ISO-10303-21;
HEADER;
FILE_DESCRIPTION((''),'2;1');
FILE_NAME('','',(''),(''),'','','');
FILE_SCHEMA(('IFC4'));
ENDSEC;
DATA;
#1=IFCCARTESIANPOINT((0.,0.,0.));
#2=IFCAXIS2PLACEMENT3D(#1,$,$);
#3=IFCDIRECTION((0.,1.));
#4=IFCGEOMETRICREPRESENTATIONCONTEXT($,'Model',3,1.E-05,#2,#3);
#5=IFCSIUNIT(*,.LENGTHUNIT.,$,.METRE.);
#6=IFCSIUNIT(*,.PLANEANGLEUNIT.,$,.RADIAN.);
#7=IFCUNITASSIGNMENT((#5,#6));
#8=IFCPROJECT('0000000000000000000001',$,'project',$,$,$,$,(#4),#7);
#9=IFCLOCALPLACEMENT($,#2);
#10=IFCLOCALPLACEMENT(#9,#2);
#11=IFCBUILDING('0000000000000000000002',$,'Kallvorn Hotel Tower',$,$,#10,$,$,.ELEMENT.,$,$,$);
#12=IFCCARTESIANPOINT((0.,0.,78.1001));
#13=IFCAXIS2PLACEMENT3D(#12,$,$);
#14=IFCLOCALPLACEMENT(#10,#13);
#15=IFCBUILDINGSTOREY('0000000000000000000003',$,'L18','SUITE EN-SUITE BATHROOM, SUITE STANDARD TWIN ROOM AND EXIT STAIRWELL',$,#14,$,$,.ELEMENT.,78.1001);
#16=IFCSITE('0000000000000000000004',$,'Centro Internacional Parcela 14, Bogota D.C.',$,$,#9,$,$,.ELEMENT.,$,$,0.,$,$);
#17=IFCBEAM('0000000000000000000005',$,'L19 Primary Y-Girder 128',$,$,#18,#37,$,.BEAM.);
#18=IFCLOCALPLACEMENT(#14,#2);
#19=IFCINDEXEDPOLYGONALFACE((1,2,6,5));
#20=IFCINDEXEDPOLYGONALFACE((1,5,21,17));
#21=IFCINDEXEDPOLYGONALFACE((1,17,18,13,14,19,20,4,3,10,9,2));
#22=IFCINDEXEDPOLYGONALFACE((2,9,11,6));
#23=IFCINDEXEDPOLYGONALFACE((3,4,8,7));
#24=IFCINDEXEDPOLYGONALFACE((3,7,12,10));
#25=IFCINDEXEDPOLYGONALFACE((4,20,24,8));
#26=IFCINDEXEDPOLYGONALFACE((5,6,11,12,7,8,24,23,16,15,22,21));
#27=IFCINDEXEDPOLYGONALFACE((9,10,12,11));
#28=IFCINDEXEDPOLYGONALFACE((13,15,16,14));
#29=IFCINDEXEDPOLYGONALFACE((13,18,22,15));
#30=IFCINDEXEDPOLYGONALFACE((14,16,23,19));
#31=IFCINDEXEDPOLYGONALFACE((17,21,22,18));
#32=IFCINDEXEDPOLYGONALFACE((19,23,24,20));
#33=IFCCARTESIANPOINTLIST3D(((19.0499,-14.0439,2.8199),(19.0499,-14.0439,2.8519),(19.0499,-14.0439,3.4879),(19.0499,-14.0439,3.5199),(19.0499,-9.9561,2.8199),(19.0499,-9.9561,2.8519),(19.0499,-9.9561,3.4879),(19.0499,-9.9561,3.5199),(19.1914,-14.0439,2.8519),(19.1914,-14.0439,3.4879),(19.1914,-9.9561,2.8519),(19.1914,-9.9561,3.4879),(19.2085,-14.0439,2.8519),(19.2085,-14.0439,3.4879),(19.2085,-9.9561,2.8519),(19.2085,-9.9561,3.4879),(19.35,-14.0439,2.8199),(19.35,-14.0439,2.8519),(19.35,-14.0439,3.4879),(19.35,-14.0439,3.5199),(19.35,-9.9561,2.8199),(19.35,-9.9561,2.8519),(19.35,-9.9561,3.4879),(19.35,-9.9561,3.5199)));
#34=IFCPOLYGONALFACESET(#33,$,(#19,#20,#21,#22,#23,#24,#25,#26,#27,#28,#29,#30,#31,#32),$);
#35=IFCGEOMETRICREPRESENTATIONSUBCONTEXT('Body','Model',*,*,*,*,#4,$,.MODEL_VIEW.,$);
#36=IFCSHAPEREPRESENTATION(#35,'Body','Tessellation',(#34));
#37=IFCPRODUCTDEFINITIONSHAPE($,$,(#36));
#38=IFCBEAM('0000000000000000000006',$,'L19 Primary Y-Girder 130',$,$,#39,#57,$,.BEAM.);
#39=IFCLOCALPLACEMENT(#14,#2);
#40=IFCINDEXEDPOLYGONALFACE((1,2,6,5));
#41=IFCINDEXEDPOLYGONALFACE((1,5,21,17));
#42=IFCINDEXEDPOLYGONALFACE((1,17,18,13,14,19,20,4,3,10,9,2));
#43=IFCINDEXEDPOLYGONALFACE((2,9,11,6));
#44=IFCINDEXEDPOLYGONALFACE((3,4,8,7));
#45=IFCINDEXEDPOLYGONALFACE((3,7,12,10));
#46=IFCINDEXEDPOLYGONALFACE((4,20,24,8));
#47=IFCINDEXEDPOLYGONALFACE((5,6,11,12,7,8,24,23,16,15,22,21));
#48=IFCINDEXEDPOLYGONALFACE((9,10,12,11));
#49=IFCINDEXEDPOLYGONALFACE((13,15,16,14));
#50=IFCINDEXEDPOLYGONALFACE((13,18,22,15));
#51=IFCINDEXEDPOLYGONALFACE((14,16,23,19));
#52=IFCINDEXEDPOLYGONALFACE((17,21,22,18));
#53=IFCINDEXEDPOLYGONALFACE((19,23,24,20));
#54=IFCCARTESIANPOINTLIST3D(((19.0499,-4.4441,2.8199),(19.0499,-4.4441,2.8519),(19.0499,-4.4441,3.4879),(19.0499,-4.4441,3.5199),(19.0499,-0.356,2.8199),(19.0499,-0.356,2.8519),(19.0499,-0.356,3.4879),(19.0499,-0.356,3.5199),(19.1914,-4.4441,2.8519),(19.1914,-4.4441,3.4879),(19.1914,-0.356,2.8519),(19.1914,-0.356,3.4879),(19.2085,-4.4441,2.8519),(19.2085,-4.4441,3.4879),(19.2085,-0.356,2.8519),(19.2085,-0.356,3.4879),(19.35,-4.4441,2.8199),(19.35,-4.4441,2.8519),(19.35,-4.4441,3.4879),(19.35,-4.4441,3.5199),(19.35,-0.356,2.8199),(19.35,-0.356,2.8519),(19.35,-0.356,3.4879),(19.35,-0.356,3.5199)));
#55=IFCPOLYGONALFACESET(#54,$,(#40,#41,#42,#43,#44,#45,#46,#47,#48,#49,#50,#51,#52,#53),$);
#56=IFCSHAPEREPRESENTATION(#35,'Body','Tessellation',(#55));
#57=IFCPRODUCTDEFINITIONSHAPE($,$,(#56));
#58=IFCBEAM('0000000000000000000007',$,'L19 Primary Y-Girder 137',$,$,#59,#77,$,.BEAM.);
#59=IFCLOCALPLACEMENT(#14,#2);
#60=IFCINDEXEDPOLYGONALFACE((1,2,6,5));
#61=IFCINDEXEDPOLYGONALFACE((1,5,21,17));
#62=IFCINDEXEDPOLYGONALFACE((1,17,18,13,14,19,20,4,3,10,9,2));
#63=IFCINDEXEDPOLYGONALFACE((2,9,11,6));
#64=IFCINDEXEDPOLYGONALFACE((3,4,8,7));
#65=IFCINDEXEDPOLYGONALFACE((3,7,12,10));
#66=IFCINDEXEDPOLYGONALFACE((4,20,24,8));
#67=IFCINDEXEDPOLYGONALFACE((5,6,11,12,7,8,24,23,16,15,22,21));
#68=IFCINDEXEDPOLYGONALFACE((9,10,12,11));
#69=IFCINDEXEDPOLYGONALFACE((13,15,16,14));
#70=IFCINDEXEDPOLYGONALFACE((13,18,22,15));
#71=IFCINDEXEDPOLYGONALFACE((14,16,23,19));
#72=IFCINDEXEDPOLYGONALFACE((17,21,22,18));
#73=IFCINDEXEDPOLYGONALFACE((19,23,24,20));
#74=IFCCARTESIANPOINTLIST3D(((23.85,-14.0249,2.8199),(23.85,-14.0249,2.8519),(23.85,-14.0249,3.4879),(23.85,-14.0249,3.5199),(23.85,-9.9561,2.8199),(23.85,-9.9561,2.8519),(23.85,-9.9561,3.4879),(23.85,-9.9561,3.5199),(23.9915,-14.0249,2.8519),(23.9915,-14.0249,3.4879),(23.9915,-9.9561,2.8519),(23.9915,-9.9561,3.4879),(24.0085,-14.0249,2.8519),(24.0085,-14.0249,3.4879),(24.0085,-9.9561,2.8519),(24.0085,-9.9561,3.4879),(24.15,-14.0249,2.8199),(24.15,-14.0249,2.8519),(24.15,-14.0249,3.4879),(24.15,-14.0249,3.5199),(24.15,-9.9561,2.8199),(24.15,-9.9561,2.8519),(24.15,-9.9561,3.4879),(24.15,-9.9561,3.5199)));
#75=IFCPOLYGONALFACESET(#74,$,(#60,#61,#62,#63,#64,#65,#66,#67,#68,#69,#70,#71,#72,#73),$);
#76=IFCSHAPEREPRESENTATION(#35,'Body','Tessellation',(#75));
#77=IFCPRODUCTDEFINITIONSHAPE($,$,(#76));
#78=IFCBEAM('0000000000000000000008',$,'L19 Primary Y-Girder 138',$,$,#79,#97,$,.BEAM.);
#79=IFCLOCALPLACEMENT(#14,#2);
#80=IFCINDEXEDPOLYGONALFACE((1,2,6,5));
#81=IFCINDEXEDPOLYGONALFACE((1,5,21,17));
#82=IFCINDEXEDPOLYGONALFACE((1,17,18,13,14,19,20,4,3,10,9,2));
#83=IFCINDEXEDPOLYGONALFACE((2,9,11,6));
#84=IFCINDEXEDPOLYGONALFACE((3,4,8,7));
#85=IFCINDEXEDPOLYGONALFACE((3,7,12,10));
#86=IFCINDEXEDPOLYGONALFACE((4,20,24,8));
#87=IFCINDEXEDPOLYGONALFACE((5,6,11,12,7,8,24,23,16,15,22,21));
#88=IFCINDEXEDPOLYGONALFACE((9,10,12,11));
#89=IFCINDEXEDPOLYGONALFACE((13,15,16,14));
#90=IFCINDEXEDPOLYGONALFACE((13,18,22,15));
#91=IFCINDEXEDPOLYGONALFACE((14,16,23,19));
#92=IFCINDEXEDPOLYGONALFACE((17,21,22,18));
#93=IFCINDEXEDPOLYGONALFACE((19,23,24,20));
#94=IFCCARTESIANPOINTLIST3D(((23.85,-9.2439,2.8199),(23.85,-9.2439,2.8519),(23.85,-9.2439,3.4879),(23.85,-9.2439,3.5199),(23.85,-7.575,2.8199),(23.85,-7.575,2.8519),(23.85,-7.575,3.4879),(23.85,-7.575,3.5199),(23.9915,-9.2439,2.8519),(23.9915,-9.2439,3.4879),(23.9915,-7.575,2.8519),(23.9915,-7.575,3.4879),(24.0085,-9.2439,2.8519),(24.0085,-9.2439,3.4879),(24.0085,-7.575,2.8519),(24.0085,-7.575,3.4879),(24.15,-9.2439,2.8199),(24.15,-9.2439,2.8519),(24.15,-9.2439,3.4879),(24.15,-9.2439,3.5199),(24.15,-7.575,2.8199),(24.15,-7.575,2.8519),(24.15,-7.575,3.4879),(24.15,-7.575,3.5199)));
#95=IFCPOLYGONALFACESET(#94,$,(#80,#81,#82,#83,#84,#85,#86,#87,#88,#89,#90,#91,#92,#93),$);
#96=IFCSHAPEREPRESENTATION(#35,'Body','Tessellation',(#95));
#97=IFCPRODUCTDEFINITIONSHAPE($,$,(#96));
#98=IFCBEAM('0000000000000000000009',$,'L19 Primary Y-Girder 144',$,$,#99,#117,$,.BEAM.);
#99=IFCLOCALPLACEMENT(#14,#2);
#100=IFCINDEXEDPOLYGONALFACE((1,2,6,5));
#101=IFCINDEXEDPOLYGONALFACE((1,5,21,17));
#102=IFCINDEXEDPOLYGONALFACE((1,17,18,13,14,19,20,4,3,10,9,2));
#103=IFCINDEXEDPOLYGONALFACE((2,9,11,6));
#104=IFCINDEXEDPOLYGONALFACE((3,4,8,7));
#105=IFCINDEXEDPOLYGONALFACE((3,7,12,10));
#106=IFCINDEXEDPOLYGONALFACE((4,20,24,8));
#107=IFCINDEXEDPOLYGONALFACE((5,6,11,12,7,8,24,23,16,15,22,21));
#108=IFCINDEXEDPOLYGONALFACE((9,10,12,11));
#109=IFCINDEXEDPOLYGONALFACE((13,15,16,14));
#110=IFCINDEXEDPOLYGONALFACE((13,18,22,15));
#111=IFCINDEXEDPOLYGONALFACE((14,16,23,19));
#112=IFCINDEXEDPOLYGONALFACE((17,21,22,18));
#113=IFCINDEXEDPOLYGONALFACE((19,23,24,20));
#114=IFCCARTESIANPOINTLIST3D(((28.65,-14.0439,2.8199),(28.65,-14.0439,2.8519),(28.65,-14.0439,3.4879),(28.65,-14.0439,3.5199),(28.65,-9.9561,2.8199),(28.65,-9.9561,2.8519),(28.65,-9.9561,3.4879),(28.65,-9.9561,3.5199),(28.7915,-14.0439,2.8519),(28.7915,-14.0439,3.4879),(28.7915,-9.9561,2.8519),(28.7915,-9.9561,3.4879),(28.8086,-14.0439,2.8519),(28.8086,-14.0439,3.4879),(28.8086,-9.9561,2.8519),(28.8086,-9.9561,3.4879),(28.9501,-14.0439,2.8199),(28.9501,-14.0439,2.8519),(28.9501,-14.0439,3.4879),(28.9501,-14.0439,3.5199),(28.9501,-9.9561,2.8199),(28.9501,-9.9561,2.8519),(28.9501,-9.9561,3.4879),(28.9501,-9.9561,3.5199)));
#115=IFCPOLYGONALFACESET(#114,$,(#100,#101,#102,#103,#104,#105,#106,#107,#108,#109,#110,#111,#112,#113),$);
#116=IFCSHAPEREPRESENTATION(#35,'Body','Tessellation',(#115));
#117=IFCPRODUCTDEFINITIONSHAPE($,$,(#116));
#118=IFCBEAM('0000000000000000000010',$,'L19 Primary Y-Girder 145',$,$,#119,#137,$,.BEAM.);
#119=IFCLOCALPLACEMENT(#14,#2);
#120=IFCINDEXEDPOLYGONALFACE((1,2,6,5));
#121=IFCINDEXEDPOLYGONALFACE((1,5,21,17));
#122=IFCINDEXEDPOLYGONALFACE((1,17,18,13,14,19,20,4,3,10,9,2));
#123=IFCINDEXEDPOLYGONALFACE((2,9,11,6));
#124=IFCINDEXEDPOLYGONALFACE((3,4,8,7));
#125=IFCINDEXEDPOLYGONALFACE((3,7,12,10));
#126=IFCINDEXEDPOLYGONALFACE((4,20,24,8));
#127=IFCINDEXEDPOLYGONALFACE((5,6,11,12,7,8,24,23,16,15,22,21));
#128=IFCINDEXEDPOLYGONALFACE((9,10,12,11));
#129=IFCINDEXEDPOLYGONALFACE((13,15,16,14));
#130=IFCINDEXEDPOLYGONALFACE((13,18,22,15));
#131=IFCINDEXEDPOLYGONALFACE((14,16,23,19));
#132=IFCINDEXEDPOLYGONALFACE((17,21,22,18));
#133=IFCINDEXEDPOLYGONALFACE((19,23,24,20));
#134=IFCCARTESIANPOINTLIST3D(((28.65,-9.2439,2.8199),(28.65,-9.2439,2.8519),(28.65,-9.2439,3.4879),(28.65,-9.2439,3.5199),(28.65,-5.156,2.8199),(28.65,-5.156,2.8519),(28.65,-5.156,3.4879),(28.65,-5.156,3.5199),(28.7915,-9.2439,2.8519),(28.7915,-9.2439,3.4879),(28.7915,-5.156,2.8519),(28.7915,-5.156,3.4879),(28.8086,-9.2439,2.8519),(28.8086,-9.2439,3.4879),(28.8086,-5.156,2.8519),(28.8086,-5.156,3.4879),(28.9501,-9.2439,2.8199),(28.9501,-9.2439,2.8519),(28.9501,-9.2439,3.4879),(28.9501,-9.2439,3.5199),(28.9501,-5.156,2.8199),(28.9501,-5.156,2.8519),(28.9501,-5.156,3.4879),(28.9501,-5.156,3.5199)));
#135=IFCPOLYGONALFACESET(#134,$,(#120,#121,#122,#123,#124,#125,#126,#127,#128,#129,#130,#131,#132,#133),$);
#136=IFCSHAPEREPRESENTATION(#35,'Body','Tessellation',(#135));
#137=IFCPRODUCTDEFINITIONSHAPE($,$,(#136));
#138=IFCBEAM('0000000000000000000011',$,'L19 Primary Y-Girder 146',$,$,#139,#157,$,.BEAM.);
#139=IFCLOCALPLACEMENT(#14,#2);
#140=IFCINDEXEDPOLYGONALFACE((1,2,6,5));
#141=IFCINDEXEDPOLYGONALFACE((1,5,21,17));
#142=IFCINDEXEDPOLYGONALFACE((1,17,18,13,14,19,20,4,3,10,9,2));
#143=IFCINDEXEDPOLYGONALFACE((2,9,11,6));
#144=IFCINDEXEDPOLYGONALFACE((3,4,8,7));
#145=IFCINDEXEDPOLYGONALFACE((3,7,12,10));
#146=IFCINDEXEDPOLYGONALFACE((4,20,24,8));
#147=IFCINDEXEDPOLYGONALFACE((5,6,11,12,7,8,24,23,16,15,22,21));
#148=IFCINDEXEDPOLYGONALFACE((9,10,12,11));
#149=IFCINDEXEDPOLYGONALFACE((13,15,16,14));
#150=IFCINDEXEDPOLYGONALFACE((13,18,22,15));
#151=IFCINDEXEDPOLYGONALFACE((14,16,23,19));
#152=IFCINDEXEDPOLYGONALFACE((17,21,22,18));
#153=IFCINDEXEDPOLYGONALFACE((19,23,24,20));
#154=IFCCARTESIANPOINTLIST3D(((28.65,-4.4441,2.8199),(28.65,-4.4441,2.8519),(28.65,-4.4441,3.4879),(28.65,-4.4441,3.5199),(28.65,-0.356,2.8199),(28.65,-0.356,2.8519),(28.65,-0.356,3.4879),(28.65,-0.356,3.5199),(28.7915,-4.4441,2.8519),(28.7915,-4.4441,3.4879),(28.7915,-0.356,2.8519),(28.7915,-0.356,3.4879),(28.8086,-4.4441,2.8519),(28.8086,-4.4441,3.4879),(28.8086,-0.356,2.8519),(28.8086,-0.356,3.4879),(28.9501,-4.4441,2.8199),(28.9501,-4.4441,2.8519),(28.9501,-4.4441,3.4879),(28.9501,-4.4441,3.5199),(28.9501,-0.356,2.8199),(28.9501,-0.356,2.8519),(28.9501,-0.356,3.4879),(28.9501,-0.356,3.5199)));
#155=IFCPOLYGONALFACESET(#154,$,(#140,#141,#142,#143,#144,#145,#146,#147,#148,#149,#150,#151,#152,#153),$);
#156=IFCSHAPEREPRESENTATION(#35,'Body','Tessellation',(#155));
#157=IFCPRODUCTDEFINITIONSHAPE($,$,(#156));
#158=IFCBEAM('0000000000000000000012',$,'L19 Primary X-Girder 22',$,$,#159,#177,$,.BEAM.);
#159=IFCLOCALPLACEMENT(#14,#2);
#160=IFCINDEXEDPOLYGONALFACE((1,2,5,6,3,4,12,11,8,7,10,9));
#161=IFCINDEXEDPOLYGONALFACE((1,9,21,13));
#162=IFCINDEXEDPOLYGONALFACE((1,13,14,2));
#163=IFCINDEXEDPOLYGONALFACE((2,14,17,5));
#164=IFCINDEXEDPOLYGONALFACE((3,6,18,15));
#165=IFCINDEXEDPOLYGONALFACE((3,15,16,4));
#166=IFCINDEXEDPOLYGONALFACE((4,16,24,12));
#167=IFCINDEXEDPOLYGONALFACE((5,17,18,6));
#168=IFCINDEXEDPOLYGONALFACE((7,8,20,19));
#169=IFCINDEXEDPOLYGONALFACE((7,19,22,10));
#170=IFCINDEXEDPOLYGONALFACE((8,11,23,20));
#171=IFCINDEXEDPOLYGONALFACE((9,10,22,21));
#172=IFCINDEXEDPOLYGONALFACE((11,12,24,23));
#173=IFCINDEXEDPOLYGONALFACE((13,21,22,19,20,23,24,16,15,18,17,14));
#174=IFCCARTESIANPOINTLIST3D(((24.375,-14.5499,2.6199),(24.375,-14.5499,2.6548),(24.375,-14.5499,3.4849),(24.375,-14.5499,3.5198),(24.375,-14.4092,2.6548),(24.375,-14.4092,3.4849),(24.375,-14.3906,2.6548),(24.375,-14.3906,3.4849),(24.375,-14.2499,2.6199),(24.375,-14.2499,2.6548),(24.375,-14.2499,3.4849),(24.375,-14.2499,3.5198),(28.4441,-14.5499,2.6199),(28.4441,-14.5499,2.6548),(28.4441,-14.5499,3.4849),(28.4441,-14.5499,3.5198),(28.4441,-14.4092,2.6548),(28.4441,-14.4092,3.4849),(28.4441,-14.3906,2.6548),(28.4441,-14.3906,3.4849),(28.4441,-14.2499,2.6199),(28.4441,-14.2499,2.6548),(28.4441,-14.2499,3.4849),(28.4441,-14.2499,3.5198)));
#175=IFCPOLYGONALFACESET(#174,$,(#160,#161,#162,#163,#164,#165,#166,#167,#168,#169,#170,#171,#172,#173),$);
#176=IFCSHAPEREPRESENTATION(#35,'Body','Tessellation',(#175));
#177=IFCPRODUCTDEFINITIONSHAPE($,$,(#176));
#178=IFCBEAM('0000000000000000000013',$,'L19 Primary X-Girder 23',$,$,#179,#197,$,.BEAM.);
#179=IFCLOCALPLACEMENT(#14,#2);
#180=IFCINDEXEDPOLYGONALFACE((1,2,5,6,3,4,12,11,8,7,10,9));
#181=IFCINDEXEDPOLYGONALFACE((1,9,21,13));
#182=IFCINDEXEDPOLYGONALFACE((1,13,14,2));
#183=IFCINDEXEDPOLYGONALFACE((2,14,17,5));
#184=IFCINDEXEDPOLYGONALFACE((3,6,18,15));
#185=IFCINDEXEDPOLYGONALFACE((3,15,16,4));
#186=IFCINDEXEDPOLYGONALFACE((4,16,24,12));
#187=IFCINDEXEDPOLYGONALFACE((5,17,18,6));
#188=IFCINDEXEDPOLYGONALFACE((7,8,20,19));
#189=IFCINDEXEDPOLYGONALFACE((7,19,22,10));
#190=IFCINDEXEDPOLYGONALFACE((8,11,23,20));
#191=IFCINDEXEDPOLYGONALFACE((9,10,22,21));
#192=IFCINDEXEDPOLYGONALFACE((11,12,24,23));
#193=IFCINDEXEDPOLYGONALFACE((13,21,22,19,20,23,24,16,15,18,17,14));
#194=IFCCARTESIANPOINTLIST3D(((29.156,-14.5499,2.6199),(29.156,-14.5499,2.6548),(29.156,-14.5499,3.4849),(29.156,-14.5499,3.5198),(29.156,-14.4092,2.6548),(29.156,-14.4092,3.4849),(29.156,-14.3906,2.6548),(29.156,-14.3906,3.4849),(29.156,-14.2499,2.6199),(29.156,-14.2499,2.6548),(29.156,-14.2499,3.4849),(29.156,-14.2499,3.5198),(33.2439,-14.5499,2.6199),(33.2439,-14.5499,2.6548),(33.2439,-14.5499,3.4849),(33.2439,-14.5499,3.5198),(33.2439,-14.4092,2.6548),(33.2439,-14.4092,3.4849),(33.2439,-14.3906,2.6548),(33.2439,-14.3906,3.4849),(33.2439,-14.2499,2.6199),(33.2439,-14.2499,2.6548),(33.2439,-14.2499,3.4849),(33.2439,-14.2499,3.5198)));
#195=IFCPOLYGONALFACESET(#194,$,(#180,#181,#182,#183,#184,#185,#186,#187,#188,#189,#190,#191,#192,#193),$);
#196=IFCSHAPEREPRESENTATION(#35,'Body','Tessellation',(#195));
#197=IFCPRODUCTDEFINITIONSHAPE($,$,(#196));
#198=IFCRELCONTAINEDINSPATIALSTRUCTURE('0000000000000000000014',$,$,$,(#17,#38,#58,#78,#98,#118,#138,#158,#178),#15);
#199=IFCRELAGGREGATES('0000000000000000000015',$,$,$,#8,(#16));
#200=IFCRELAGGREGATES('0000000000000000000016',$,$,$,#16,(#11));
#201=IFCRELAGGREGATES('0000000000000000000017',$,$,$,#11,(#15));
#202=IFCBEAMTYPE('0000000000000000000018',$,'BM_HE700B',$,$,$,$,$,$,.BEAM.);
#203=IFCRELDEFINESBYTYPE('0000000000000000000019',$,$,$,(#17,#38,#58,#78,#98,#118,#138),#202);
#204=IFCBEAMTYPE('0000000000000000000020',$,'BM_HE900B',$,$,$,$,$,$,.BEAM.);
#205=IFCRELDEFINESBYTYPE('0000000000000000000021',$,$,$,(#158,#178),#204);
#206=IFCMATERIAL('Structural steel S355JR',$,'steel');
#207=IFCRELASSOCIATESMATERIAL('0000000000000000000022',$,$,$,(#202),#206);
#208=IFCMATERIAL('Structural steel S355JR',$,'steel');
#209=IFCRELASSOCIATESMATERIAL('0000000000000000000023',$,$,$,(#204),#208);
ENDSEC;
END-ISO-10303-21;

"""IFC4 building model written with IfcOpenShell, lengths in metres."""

from ifc_helpers import new_model, si_unit, direction, frame, origin, origin_2d, place, context, subcontext, project, spatial, i_section, extrude, material, material_profile, profile_set, type_object, element, save


model = new_model("IFC4")

# Units and contexts
model_context = context("Model", 3, precision=1e-05, world=origin(), true_north=direction((0.0, 1.0)))
body_context = subcontext(model_context, "Body", "Model", "MODEL_VIEW")
ifc_project = project(units=[si_unit("LENGTHUNIT", "METRE"), si_unit("PLANEANGLEUNIT", "RADIAN")], contexts=[model_context])

# Site, building, storey
site_placement = place(None, origin())
site = spatial("IfcSite", under=ifc_project, at=site_placement, Name="Centro Internacional Parcela 14, Bogota D.C.", CompositionType="ELEMENT", RefElevation=0.0)
building_placement = place(site_placement, origin())
building = spatial("IfcBuilding", under=site, at=building_placement, Name="Kallvorn Hotel Tower", CompositionType="ELEMENT")
storey_placement = place(building_placement, frame((0.0, 0.0, 78.1001)))
storey = spatial("IfcBuildingStorey", under=building, at=storey_placement, Name="L18", Description="SUITE EN-SUITE BATHROOM, SUITE STANDARD TWIN ROOM AND EXIT STAIRWELL", CompositionType="ELEMENT", Elevation=78.1001)

# Beams
ifc_material_1 = material(Name="Structural steel S355JR", Category="steel")
ifc_material_profile_1 = material_profile(ifc_material_1, i_section(OverallWidth=0.3, OverallDepth=0.7, WebThickness=0.0171, FlangeThickness=0.032, at=origin_2d()), Name="HE 700 B")
ifc_profile_set_1 = profile_set([ifc_material_profile_1], Name="Structural steel S355JR")
beam_type_1 = type_object("IfcBeamType", Name="BM_HE700B", PredefinedType="BEAM", material=ifc_profile_set_1)
beam_1_placement = place(storey_placement, frame((19.2, -14.0439, 3.1699), z_axis=(0.0, 1.0, 0.0), x_axis=(-1.0, 0.0, 0.0)))
element("IfcBeam", 1, at=beam_1_placement, inside=storey, type_object=beam_type_1, Name="L19 Primary Y-Girder 128", PredefinedType="BEAM", context=body_context, shape_type="SweptSolid", body=[
    extrude(i_section(OverallWidth=0.3, OverallDepth=0.7, WebThickness=0.0171, FlangeThickness=0.032, at=origin_2d()), origin(), (0.0, 0.0, 1.0), 4.0879),
])
beam_2_placement = place(storey_placement, frame((19.2, -4.4441, 3.1699), z_axis=(0.0, 1.0, 0.0), x_axis=(-1.0, 0.0, 0.0)))
element("IfcBeam", 2, at=beam_2_placement, inside=storey, type_object=beam_type_1, Name="L19 Primary Y-Girder 130", PredefinedType="BEAM", context=body_context, shape_type="SweptSolid", body=[
    extrude(i_section(OverallWidth=0.3, OverallDepth=0.7, WebThickness=0.0171, FlangeThickness=0.032, at=origin_2d()), origin(), (0.0, 0.0, 1.0), 4.0881),
])
beam_3_placement = place(storey_placement, frame((24.0, -14.0249, 3.1699), z_axis=(0.0, 1.0, 0.0), x_axis=(-1.0, 0.0, 0.0)))
element("IfcBeam", 3, at=beam_3_placement, inside=storey, type_object=beam_type_1, Name="L19 Primary Y-Girder 137", PredefinedType="BEAM", context=body_context, shape_type="SweptSolid", body=[
    extrude(i_section(OverallWidth=0.3, OverallDepth=0.7, WebThickness=0.0171, FlangeThickness=0.032, at=origin_2d()), origin(), (0.0, 0.0, 1.0), 4.0688),
])
beam_4_placement = place(storey_placement, frame((24.0, -9.2439, 3.1699), z_axis=(0.0, 1.0, 0.0), x_axis=(-1.0, 0.0, 0.0)))
element("IfcBeam", 4, at=beam_4_placement, inside=storey, type_object=beam_type_1, Name="L19 Primary Y-Girder 138", PredefinedType="BEAM", context=body_context, shape_type="SweptSolid", body=[
    extrude(i_section(OverallWidth=0.3, OverallDepth=0.7, WebThickness=0.0171, FlangeThickness=0.032, at=origin_2d()), origin(), (0.0, 0.0, 1.0), 1.6689),
])
for number, where, z_axis, x_axis, name in (
    (5, (28.8, -14.0439, 3.1699), (0.0, 1.0, 0.0), (-1.0, 0.0, 0.0), "L19 Primary Y-Girder 144"),
    (6, (28.8, -9.2439, 3.1699), (0.0, 1.0, 0.0), (-1.0, 0.0, 0.0), "L19 Primary Y-Girder 145"),
):
    element("IfcBeam", number, at=place(storey_placement, frame(where, z_axis=z_axis, x_axis=x_axis)), inside=storey, type_object=beam_type_1, Name=name, PredefinedType="BEAM", context=body_context, shape_type="SweptSolid", body=[
        extrude(i_section(OverallWidth=0.3, OverallDepth=0.7, WebThickness=0.0171, FlangeThickness=0.032, at=origin_2d()), origin(), (0.0, 0.0, 1.0), 4.0879),
    ])
beam_5_placement = place(storey_placement, frame((28.8, -4.4441, 3.1699), z_axis=(0.0, 1.0, 0.0), x_axis=(-1.0, 0.0, 0.0)))
element("IfcBeam", 7, at=beam_5_placement, inside=storey, type_object=beam_type_1, Name="L19 Primary Y-Girder 146", PredefinedType="BEAM", context=body_context, shape_type="SweptSolid", body=[
    extrude(i_section(OverallWidth=0.3, OverallDepth=0.7, WebThickness=0.0171, FlangeThickness=0.032, at=origin_2d()), origin(), (0.0, 0.0, 1.0), 4.0881),
])
ifc_material_2 = material(Name="Structural steel S355JR", Category="steel")
ifc_material_profile_2 = material_profile(ifc_material_2, i_section(OverallWidth=0.3, OverallDepth=0.8999, WebThickness=0.0186, FlangeThickness=0.0349, at=origin_2d()), Name="HE 900 B")
ifc_profile_set_2 = profile_set([ifc_material_profile_2], Name="Structural steel S355JR")
beam_type_2 = type_object("IfcBeamType", Name="BM_HE900B", PredefinedType="BEAM", material=ifc_profile_set_2)
beam_6_placement = place(storey_placement, frame((24.375, -14.3999, 3.0698), z_axis=(1.0, 0.0, 0.0), x_axis=(0.0, 1.0, 0.0)))
element("IfcBeam", 8, at=beam_6_placement, inside=storey, type_object=beam_type_2, Name="L19 Primary X-Girder 22", PredefinedType="BEAM", context=body_context, shape_type="SweptSolid", body=[
    extrude(i_section(OverallWidth=0.3, OverallDepth=0.8999, WebThickness=0.0186, FlangeThickness=0.0349, at=origin_2d()), origin(), (0.0, 0.0, 1.0), 4.0691),
])
beam_7_placement = place(storey_placement, frame((29.156, -14.3999, 3.0698), z_axis=(1.0, 0.0, 0.0), x_axis=(0.0, 1.0, 0.0)))
element("IfcBeam", 9, at=beam_7_placement, inside=storey, type_object=beam_type_2, Name="L19 Primary X-Girder 23", PredefinedType="BEAM", context=body_context, shape_type="SweptSolid", body=[
    extrude(i_section(OverallWidth=0.3, OverallDepth=0.8999, WebThickness=0.0186, FlangeThickness=0.0349, at=origin_2d()), origin(), (0.0, 0.0, 1.0), 4.0879),
])

save(model, "model.ifc")
